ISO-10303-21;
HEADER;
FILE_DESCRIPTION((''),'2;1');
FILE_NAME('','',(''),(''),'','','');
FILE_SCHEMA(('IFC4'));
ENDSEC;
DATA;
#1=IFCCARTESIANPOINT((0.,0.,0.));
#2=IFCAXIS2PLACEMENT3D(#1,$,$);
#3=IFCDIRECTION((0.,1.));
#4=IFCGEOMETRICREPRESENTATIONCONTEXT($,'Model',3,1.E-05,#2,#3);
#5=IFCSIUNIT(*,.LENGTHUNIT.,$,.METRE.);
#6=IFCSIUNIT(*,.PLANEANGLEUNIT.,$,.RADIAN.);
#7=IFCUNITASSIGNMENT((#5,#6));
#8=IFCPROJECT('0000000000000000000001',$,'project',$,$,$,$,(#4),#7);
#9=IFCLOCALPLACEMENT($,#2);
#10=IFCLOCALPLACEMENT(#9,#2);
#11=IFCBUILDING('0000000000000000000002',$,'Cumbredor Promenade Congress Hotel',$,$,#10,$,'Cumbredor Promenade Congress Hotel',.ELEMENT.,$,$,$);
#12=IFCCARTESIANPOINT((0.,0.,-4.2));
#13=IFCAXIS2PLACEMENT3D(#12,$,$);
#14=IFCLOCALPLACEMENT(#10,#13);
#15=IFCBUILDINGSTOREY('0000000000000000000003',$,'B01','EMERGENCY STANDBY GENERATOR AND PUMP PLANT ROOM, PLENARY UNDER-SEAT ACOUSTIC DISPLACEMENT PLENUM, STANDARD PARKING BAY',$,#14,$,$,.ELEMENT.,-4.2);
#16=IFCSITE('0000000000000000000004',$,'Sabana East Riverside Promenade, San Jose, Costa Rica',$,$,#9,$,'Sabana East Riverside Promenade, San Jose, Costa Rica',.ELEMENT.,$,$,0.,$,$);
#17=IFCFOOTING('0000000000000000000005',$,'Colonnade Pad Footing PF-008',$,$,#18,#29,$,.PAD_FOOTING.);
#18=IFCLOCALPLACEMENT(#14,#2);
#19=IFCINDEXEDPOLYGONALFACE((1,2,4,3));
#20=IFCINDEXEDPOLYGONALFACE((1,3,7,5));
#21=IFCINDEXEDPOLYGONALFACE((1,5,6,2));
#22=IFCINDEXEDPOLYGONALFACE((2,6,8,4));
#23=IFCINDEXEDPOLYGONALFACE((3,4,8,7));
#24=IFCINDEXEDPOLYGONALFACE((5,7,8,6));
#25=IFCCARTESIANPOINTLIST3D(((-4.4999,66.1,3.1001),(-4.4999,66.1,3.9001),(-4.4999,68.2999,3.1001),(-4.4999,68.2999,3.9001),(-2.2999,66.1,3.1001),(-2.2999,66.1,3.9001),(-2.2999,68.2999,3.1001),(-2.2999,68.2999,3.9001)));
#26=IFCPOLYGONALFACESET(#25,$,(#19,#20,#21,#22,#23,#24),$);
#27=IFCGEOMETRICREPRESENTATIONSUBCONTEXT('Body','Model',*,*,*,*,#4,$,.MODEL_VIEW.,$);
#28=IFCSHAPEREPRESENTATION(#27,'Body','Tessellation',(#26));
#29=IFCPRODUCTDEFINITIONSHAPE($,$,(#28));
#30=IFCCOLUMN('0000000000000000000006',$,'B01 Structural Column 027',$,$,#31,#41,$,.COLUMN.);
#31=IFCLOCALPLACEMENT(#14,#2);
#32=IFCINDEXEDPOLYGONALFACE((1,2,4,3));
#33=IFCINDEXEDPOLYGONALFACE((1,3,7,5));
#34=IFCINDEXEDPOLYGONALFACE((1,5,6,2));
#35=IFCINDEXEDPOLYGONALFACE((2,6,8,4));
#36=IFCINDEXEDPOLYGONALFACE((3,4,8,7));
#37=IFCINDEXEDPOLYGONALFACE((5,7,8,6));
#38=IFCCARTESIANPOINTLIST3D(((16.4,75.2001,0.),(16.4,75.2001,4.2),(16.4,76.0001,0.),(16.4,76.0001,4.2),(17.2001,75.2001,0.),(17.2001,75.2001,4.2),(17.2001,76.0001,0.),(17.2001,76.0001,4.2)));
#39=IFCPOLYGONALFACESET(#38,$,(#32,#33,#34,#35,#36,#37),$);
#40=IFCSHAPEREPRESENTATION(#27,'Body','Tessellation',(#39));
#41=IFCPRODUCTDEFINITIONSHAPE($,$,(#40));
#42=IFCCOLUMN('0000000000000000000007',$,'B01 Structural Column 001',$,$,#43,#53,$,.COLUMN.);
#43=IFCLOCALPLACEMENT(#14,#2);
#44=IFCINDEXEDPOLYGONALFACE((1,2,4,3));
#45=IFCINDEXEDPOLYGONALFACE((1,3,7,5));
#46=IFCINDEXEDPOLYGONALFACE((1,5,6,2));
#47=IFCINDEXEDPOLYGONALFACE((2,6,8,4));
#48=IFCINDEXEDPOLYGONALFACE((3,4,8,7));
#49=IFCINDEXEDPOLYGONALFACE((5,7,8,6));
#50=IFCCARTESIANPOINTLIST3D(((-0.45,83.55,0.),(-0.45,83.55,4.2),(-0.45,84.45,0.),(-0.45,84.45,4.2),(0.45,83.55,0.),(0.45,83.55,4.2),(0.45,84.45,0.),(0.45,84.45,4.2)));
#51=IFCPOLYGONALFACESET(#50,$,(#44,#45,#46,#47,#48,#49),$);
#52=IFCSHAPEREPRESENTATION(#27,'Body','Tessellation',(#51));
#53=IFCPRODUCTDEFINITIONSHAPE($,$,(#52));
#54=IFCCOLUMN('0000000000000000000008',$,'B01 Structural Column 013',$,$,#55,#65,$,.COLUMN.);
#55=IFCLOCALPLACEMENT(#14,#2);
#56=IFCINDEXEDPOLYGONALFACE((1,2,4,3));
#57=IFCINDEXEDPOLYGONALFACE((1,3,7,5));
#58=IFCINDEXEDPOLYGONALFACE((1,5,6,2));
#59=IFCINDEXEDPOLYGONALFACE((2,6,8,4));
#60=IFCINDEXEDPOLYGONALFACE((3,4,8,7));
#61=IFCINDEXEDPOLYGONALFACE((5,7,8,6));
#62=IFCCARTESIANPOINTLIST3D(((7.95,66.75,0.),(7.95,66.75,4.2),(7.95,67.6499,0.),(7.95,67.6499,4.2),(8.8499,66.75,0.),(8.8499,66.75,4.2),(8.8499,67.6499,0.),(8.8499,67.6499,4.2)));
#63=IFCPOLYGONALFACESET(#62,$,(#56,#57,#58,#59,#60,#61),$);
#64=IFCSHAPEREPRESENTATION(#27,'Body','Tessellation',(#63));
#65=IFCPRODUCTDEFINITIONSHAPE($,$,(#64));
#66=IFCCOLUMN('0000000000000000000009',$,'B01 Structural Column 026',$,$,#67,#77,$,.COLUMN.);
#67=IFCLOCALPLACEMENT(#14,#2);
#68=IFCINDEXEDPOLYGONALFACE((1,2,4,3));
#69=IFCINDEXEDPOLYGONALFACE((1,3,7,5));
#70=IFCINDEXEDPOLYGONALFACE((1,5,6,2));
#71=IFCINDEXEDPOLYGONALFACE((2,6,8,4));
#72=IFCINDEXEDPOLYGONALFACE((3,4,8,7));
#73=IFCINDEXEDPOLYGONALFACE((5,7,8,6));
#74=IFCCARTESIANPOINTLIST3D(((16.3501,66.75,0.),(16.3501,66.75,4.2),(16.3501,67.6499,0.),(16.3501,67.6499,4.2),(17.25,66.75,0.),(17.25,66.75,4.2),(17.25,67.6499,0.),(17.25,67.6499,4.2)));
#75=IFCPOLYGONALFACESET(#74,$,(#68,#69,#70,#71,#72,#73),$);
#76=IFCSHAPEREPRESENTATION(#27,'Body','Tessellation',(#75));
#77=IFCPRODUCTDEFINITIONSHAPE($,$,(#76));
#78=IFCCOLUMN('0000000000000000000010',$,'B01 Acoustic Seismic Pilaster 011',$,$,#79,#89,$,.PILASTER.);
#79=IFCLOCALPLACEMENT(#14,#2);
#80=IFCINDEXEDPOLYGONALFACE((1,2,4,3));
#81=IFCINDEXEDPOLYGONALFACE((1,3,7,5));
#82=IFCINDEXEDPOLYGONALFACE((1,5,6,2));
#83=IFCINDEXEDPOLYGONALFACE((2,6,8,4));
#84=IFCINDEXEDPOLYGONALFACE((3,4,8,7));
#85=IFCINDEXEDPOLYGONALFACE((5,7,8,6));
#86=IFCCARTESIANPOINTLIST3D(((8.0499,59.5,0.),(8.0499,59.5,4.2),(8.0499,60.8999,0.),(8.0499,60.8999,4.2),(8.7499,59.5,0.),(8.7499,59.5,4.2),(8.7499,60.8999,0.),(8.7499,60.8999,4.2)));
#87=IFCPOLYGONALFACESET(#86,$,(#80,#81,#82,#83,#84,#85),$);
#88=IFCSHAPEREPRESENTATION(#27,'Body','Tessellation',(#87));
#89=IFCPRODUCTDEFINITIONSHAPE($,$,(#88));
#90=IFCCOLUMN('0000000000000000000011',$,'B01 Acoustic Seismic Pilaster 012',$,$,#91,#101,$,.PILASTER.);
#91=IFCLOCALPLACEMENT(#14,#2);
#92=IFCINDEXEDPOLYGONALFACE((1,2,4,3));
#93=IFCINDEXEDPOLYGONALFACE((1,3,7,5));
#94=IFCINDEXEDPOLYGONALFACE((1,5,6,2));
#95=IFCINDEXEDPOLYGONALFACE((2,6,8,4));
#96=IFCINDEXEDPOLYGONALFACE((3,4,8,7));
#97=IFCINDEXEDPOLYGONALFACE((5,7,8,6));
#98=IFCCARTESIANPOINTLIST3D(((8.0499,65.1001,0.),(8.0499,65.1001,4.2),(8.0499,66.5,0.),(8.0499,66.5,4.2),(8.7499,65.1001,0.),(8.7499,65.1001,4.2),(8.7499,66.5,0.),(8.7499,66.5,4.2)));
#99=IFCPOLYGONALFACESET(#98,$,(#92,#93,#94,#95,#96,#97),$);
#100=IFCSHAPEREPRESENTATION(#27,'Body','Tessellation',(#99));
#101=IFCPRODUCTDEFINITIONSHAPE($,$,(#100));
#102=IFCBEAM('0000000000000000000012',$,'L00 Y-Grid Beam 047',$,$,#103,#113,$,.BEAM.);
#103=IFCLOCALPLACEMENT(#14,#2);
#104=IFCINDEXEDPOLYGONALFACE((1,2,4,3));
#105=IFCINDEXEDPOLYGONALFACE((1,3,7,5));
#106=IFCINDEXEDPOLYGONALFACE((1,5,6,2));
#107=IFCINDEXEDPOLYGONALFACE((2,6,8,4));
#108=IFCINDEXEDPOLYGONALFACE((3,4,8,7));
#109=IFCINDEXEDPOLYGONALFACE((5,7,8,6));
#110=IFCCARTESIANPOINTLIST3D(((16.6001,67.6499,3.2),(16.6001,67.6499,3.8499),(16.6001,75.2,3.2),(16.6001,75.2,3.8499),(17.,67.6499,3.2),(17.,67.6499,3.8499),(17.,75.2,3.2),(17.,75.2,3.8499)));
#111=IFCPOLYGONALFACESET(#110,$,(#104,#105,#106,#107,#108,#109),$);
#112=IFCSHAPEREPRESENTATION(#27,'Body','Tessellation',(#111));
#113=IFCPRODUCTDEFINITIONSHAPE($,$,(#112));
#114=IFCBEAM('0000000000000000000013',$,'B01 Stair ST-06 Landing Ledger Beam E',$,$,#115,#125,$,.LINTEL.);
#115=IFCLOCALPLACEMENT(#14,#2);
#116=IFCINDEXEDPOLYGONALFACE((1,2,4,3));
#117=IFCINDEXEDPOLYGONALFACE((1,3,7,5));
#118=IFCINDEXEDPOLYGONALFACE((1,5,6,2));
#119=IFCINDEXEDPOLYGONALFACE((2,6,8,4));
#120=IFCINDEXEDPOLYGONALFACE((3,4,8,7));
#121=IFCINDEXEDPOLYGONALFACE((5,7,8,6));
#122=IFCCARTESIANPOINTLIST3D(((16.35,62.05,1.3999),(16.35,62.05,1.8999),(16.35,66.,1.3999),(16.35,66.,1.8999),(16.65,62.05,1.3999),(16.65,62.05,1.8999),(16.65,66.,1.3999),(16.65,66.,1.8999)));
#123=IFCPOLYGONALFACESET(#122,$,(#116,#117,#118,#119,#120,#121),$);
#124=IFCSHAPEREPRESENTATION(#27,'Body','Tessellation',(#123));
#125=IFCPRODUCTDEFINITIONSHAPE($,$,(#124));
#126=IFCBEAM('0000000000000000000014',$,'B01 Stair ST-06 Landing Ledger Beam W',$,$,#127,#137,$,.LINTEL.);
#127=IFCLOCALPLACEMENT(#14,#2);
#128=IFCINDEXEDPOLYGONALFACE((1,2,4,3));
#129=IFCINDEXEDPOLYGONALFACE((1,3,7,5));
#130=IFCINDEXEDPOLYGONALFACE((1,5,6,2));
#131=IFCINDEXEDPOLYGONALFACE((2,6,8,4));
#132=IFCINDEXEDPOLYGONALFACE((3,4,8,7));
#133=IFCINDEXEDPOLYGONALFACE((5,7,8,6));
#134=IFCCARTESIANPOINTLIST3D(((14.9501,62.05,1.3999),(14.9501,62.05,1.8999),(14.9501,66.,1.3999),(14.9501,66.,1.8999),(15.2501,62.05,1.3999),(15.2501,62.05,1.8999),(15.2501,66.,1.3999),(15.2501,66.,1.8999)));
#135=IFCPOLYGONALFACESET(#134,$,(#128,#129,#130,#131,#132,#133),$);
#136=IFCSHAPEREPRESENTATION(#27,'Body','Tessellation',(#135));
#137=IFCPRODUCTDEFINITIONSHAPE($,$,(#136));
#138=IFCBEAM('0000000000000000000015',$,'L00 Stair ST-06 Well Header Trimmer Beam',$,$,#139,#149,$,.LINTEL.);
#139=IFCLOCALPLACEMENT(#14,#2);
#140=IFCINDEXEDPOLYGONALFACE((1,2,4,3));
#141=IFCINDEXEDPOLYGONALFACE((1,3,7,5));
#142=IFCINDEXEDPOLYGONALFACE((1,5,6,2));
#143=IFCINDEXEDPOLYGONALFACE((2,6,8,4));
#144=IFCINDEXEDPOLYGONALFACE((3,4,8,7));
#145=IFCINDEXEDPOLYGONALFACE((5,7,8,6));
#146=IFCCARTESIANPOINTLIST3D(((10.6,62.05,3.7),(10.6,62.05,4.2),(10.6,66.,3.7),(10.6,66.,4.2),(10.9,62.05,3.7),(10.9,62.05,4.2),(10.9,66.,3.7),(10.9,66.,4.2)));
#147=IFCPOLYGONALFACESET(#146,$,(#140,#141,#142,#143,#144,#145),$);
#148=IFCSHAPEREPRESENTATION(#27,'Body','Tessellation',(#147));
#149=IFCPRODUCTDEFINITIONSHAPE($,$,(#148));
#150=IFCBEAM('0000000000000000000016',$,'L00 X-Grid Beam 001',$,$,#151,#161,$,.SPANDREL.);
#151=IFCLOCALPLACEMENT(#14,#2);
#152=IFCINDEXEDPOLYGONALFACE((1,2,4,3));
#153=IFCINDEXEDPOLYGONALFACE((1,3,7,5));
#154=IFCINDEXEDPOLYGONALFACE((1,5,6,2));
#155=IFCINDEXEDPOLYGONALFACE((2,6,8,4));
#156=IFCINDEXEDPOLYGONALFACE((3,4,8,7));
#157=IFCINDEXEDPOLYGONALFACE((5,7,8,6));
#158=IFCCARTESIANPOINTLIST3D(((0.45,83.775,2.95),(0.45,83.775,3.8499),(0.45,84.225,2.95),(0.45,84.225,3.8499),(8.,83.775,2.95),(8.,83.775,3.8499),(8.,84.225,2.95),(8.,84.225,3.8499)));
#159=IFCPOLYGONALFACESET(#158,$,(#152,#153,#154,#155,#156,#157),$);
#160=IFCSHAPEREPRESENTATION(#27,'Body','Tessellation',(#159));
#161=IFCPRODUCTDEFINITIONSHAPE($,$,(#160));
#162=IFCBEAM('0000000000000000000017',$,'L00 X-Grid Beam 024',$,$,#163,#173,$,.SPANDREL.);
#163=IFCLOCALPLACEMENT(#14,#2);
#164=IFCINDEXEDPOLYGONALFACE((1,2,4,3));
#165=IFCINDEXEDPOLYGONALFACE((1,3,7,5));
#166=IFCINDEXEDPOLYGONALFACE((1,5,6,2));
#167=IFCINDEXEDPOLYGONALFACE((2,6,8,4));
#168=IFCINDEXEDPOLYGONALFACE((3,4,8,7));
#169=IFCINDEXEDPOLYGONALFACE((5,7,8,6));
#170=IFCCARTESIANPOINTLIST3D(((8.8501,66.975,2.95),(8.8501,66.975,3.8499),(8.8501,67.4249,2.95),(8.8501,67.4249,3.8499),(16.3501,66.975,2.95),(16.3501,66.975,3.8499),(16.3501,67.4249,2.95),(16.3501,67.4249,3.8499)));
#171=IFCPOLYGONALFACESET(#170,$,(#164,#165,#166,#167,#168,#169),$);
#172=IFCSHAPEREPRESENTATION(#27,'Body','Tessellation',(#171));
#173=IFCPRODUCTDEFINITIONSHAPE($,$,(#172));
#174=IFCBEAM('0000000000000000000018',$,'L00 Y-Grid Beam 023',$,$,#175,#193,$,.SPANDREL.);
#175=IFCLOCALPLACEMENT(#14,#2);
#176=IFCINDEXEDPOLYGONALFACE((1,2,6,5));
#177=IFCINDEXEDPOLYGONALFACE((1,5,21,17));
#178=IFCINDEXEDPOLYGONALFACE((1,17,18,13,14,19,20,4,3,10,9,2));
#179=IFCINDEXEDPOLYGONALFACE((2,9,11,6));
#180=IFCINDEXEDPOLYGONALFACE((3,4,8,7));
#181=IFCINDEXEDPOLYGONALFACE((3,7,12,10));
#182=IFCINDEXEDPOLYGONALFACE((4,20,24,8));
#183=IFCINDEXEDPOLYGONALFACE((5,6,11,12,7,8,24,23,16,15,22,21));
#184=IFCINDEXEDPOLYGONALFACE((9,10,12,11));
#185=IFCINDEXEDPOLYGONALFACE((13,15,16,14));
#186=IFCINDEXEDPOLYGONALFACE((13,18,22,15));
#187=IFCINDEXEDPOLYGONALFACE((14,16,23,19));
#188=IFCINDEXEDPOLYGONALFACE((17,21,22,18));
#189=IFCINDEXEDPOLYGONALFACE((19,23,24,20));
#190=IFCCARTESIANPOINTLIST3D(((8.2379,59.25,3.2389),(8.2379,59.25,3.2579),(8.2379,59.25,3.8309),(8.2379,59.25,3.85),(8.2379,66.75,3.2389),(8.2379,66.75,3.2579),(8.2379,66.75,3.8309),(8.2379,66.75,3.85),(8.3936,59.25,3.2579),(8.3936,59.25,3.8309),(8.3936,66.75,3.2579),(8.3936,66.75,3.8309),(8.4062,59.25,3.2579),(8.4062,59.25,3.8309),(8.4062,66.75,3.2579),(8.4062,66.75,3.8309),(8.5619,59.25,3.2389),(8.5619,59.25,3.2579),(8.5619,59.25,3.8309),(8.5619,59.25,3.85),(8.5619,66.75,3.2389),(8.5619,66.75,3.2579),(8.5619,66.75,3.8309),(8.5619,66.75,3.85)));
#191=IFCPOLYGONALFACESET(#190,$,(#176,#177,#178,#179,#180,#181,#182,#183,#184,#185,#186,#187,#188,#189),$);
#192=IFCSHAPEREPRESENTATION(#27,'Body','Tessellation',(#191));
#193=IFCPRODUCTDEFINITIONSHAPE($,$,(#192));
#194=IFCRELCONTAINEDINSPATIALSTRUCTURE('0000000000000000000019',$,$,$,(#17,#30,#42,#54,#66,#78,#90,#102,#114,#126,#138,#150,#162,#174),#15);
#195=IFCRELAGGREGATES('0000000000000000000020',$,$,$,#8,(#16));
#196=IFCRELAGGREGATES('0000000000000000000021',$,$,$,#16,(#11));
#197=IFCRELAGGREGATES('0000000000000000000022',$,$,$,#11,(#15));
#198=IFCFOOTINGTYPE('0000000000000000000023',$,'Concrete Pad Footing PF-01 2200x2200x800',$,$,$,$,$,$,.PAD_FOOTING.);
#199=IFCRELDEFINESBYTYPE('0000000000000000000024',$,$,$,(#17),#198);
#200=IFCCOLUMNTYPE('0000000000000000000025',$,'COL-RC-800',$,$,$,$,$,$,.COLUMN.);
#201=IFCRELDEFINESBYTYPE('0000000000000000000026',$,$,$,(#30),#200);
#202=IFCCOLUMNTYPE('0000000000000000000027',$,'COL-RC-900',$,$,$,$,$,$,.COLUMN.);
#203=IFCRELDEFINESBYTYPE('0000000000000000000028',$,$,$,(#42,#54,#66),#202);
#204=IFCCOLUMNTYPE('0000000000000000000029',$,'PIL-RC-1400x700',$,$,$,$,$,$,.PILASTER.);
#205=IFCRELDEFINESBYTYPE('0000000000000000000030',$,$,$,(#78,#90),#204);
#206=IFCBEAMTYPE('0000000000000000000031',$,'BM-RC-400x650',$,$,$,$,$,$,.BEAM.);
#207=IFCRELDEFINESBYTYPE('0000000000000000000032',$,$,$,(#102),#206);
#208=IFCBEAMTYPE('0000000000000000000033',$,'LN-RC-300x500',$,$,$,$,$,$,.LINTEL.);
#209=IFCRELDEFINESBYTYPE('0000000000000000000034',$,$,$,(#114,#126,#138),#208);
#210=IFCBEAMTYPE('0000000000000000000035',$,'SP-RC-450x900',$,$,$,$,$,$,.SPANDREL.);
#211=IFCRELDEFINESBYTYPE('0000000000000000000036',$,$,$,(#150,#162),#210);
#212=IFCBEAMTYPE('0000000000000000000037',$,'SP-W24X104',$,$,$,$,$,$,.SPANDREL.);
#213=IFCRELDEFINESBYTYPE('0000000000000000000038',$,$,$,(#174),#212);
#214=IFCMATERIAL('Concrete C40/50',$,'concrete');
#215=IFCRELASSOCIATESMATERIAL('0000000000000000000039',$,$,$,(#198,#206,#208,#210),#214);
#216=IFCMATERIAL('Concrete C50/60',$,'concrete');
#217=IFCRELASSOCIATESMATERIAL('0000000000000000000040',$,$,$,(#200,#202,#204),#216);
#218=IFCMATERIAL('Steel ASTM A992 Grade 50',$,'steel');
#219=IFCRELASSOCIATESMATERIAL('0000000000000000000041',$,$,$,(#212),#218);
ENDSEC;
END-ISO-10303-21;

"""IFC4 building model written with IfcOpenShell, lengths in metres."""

from ifc_helpers import new_model, si_unit, direction, frame, origin, origin_2d, place, context, subcontext, project, spatial, rectangle, i_section, extrude, material, material_profile, profile_set, type_object, element, save


model = new_model("IFC4")

# Units and contexts
model_context = context("Model", 3, precision=1e-05, world=origin(), true_north=direction((0.0, 1.0)))
body_context = subcontext(model_context, "Body", "Model", "MODEL_VIEW")
ifc_project = project(units=[si_unit("LENGTHUNIT", "METRE"), si_unit("PLANEANGLEUNIT", "RADIAN")], contexts=[model_context])

# Site, building, storey
site_placement = place(None, origin())
site = spatial("IfcSite", under=ifc_project, at=site_placement, Name="Sabana East Riverside Promenade, San Jose, Costa Rica", LongName="Sabana East Riverside Promenade, San Jose, Costa Rica", CompositionType="ELEMENT", RefElevation=0.0)
building_placement = place(site_placement, origin())
building = spatial("IfcBuilding", under=site, at=building_placement, Name="Cumbredor Promenade Congress Hotel", LongName="Cumbredor Promenade Congress Hotel", CompositionType="ELEMENT")
storey_placement = place(building_placement, frame((0.0, 0.0, -4.2)))
storey = spatial("IfcBuildingStorey", under=building, at=storey_placement, Name="B01", Description="EMERGENCY STANDBY GENERATOR AND PUMP PLANT ROOM, PLENARY UNDER-SEAT ACOUSTIC DISPLACEMENT PLENUM, STANDARD PARKING BAY", CompositionType="ELEMENT", Elevation=-4.2)

# Footing
ifc_material_1 = material(Name="Concrete C40/50", Category="concrete")
footing_type = type_object("IfcFootingType", Name="Concrete Pad Footing PF-01 2200x2200x800", PredefinedType="PAD_FOOTING", material=ifc_material_1)
footing_placement = place(storey_placement, frame((-3.3999, 67.2, 3.1001), z_axis=(0.0, 0.0, 1.0), x_axis=(1.0, 0.0, 0.0)))
element("IfcFooting", 1, at=footing_placement, inside=storey, type_object=footing_type, Name="Colonnade Pad Footing PF-008", PredefinedType="PAD_FOOTING", context=body_context, shape_type="SweptSolid", body=[
    extrude(rectangle(XDim=2.2, YDim=2.2, at=origin_2d()), origin(), (0.0, 0.0, 1.0), 0.8),
])

# Columns
ifc_material_2 = material(Name="Concrete C50/60", Category="concrete")
ifc_material_profile_1 = material_profile(ifc_material_2, rectangle(XDim=0.8, YDim=0.8, at=origin_2d()), Name="RC 800x800")
ifc_profile_set_1 = profile_set([ifc_material_profile_1], Name="Concrete C50/60")
column_type_1 = type_object("IfcColumnType", Name="COL-RC-800", PredefinedType="COLUMN", material=ifc_profile_set_1)
column_placement = place(storey_placement, frame((16.8, 75.6001, 0.0), z_axis=(0.0, 0.0, 1.0), x_axis=(1.0, 0.0, 0.0)))
element("IfcColumn", 2, at=column_placement, inside=storey, type_object=column_type_1, Name="B01 Structural Column 027", PredefinedType="COLUMN", context=body_context, shape_type="SweptSolid", body=[
    extrude(rectangle(XDim=0.8, YDim=0.8, at=origin_2d()), origin(), (0.0, 0.0, 1.0), 4.2),
])
ifc_material_profile_2 = material_profile(ifc_material_2, rectangle(XDim=0.8999, YDim=0.8999, at=origin_2d()), Name="RC 900x900")
ifc_profile_set_2 = profile_set([ifc_material_profile_2], Name="Concrete C50/60")
column_type_2 = type_object("IfcColumnType", Name="COL-RC-900", PredefinedType="COLUMN", material=ifc_profile_set_2)
for number, where, z_axis, x_axis, name in (
    (3, (0.0, 84.0, 0.0), (0.0, 0.0, 1.0), (1.0, 0.0, 0.0), "B01 Structural Column 001"),
    (4, (8.3999, 67.2, 0.0), (0.0, 0.0, 1.0), (1.0, 0.0, 0.0), "B01 Structural Column 013"),
    (5, (16.8, 67.2, 0.0), (0.0, 0.0, 1.0), (1.0, 0.0, 0.0), "B01 Structural Column 026"),
):
    element("IfcColumn", number, at=place(storey_placement, frame(where, z_axis=z_axis, x_axis=x_axis)), inside=storey, type_object=column_type_2, Name=name, PredefinedType="COLUMN", context=body_context, shape_type="SweptSolid", body=[
        extrude(rectangle(XDim=0.8999, YDim=0.8999, at=origin_2d()), origin(), (0.0, 0.0, 1.0), 4.2),
    ])
ifc_material_profile_3 = material_profile(ifc_material_2, rectangle(XDim=0.7, YDim=1.3999, at=origin_2d()), Name="RC PILASTER 1400x700")
ifc_profile_set_3 = profile_set([ifc_material_profile_3], Name="Concrete C50/60")
column_type_3 = type_object("IfcColumnType", Name="PIL-RC-1400x700", PredefinedType="PILASTER", material=ifc_profile_set_3)
for number, where, z_axis, x_axis, name in (
    (6, (8.3999, 60.2, 0.0), (0.0, 0.0, 1.0), (1.0, 0.0, 0.0), "B01 Acoustic Seismic Pilaster 011"),
    (7, (8.3999, 65.8, 0.0), (0.0, 0.0, 1.0), (1.0, 0.0, 0.0), "B01 Acoustic Seismic Pilaster 012"),
):
    element("IfcColumn", number, at=place(storey_placement, frame(where, z_axis=z_axis, x_axis=x_axis)), inside=storey, type_object=column_type_3, Name=name, PredefinedType="PILASTER", context=body_context, shape_type="SweptSolid", body=[
        extrude(rectangle(XDim=0.7, YDim=1.3999, at=origin_2d()), origin(), (0.0, 0.0, 1.0), 4.2),
    ])

# Beams
ifc_material_profile_4 = material_profile(ifc_material_1, rectangle(XDim=0.3999, YDim=0.6499, at=origin_2d()), Name="RC BEAM 400x650")
ifc_profile_set_4 = profile_set([ifc_material_profile_4], Name="Concrete C40/50")
beam_type_1 = type_object("IfcBeamType", Name="BM-RC-400x650", PredefinedType="BEAM", material=ifc_profile_set_4)
beam_1_placement = place(storey_placement, frame((16.8, 67.6499, 3.5249), z_axis=(0.0, 1.0, 0.0), x_axis=(-1.0, 0.0, 0.0)))
element("IfcBeam", 8, at=beam_1_placement, inside=storey, type_object=beam_type_1, Name="L00 Y-Grid Beam 047", PredefinedType="BEAM", context=body_context, shape_type="SweptSolid", body=[
    extrude(rectangle(XDim=0.3999, YDim=0.6499, at=origin_2d()), origin(), (0.0, 0.0, 1.0), 7.55),
])
ifc_material_profile_5 = material_profile(ifc_material_1, rectangle(XDim=0.3, YDim=0.5, at=origin_2d()), Name="RC LINTEL 300x500")
ifc_profile_set_5 = profile_set([ifc_material_profile_5], Name="Concrete C40/50")
beam_type_2 = type_object("IfcBeamType", Name="LN-RC-300x500", PredefinedType="LINTEL", material=ifc_profile_set_5)
for number, where, z_axis, x_axis, name in (
    (9, (16.5, 62.05, 1.6499), (0.0, 1.0, 0.0), (-1.0, 0.0, 0.0), "B01 Stair ST-06 Landing Ledger Beam E"),
    (10, (15.1001, 62.05, 1.6499), (0.0, 1.0, 0.0), (-1.0, 0.0, 0.0), "B01 Stair ST-06 Landing Ledger Beam W"),
    (11, (10.75, 62.05, 3.95), (0.0, 1.0, 0.0), (-1.0, 0.0, 0.0), "L00 Stair ST-06 Well Header Trimmer Beam"),
):
    element("IfcBeam", number, at=place(storey_placement, frame(where, z_axis=z_axis, x_axis=x_axis)), inside=storey, type_object=beam_type_2, Name=name, PredefinedType="LINTEL", context=body_context, shape_type="SweptSolid", body=[
        extrude(rectangle(XDim=0.3, YDim=0.5, at=origin_2d()), origin(), (0.0, 0.0, 1.0), 3.95),
    ])
ifc_material_profile_6 = material_profile(ifc_material_1, rectangle(XDim=0.45, YDim=0.8999, at=origin_2d()), Name="RC SPANDREL 450x900")
ifc_profile_set_6 = profile_set([ifc_material_profile_6], Name="Concrete C40/50")
beam_type_3 = type_object("IfcBeamType", Name="SP-RC-450x900", PredefinedType="SPANDREL", material=ifc_profile_set_6)
beam_2_placement = place(storey_placement, frame((0.45, 84.0, 3.3999), z_axis=(1.0, 0.0, 0.0), x_axis=(0.0, 1.0, 0.0)))
element("IfcBeam", 12, at=beam_2_placement, inside=storey, type_object=beam_type_3, Name="L00 X-Grid Beam 001", PredefinedType="SPANDREL", context=body_context, shape_type="SweptSolid", body=[
    extrude(rectangle(XDim=0.45, YDim=0.8999, at=origin_2d()), origin(), (0.0, 0.0, 1.0), 7.55),
])
beam_3_placement = place(storey_placement, frame((8.8501, 67.2, 3.3999), z_axis=(1.0, 0.0, 0.0), x_axis=(0.0, 1.0, 0.0)))
element("IfcBeam", 13, at=beam_3_placement, inside=storey, type_object=beam_type_3, Name="L00 X-Grid Beam 024", PredefinedType="SPANDREL", context=body_context, shape_type="SweptSolid", body=[
    extrude(rectangle(XDim=0.45, YDim=0.8999, at=origin_2d()), origin(), (0.0, 0.0, 1.0), 7.5),
])
ifc_material_3 = material(Name="Steel ASTM A992 Grade 50", Category="steel")
ifc_material_profile_7 = material_profile(ifc_material_3, i_section(OverallWidth=0.324, OverallDepth=0.6111, WebThickness=0.0127, FlangeThickness=0.019, at=origin_2d()), Name="W24X104")
ifc_profile_set_7 = profile_set([ifc_material_profile_7], Name="Steel ASTM A992 Grade 50")
beam_type_4 = type_object("IfcBeamType", Name="SP-W24X104", PredefinedType="SPANDREL", material=ifc_profile_set_7)
beam_4_placement = place(storey_placement, frame((8.3999, 59.25, 3.5444), z_axis=(0.0, 1.0, 0.0), x_axis=(-1.0, 0.0, 0.0)))
element("IfcBeam", 14, at=beam_4_placement, inside=storey, type_object=beam_type_4, Name="L00 Y-Grid Beam 023", PredefinedType="SPANDREL", context=body_context, shape_type="SweptSolid", body=[
    extrude(i_section(OverallWidth=0.324, OverallDepth=0.6111, WebThickness=0.0127, FlangeThickness=0.019, at=origin_2d()), origin(), (0.0, 0.0, 1.0), 7.5),
])

save(model, "model.ifc")
